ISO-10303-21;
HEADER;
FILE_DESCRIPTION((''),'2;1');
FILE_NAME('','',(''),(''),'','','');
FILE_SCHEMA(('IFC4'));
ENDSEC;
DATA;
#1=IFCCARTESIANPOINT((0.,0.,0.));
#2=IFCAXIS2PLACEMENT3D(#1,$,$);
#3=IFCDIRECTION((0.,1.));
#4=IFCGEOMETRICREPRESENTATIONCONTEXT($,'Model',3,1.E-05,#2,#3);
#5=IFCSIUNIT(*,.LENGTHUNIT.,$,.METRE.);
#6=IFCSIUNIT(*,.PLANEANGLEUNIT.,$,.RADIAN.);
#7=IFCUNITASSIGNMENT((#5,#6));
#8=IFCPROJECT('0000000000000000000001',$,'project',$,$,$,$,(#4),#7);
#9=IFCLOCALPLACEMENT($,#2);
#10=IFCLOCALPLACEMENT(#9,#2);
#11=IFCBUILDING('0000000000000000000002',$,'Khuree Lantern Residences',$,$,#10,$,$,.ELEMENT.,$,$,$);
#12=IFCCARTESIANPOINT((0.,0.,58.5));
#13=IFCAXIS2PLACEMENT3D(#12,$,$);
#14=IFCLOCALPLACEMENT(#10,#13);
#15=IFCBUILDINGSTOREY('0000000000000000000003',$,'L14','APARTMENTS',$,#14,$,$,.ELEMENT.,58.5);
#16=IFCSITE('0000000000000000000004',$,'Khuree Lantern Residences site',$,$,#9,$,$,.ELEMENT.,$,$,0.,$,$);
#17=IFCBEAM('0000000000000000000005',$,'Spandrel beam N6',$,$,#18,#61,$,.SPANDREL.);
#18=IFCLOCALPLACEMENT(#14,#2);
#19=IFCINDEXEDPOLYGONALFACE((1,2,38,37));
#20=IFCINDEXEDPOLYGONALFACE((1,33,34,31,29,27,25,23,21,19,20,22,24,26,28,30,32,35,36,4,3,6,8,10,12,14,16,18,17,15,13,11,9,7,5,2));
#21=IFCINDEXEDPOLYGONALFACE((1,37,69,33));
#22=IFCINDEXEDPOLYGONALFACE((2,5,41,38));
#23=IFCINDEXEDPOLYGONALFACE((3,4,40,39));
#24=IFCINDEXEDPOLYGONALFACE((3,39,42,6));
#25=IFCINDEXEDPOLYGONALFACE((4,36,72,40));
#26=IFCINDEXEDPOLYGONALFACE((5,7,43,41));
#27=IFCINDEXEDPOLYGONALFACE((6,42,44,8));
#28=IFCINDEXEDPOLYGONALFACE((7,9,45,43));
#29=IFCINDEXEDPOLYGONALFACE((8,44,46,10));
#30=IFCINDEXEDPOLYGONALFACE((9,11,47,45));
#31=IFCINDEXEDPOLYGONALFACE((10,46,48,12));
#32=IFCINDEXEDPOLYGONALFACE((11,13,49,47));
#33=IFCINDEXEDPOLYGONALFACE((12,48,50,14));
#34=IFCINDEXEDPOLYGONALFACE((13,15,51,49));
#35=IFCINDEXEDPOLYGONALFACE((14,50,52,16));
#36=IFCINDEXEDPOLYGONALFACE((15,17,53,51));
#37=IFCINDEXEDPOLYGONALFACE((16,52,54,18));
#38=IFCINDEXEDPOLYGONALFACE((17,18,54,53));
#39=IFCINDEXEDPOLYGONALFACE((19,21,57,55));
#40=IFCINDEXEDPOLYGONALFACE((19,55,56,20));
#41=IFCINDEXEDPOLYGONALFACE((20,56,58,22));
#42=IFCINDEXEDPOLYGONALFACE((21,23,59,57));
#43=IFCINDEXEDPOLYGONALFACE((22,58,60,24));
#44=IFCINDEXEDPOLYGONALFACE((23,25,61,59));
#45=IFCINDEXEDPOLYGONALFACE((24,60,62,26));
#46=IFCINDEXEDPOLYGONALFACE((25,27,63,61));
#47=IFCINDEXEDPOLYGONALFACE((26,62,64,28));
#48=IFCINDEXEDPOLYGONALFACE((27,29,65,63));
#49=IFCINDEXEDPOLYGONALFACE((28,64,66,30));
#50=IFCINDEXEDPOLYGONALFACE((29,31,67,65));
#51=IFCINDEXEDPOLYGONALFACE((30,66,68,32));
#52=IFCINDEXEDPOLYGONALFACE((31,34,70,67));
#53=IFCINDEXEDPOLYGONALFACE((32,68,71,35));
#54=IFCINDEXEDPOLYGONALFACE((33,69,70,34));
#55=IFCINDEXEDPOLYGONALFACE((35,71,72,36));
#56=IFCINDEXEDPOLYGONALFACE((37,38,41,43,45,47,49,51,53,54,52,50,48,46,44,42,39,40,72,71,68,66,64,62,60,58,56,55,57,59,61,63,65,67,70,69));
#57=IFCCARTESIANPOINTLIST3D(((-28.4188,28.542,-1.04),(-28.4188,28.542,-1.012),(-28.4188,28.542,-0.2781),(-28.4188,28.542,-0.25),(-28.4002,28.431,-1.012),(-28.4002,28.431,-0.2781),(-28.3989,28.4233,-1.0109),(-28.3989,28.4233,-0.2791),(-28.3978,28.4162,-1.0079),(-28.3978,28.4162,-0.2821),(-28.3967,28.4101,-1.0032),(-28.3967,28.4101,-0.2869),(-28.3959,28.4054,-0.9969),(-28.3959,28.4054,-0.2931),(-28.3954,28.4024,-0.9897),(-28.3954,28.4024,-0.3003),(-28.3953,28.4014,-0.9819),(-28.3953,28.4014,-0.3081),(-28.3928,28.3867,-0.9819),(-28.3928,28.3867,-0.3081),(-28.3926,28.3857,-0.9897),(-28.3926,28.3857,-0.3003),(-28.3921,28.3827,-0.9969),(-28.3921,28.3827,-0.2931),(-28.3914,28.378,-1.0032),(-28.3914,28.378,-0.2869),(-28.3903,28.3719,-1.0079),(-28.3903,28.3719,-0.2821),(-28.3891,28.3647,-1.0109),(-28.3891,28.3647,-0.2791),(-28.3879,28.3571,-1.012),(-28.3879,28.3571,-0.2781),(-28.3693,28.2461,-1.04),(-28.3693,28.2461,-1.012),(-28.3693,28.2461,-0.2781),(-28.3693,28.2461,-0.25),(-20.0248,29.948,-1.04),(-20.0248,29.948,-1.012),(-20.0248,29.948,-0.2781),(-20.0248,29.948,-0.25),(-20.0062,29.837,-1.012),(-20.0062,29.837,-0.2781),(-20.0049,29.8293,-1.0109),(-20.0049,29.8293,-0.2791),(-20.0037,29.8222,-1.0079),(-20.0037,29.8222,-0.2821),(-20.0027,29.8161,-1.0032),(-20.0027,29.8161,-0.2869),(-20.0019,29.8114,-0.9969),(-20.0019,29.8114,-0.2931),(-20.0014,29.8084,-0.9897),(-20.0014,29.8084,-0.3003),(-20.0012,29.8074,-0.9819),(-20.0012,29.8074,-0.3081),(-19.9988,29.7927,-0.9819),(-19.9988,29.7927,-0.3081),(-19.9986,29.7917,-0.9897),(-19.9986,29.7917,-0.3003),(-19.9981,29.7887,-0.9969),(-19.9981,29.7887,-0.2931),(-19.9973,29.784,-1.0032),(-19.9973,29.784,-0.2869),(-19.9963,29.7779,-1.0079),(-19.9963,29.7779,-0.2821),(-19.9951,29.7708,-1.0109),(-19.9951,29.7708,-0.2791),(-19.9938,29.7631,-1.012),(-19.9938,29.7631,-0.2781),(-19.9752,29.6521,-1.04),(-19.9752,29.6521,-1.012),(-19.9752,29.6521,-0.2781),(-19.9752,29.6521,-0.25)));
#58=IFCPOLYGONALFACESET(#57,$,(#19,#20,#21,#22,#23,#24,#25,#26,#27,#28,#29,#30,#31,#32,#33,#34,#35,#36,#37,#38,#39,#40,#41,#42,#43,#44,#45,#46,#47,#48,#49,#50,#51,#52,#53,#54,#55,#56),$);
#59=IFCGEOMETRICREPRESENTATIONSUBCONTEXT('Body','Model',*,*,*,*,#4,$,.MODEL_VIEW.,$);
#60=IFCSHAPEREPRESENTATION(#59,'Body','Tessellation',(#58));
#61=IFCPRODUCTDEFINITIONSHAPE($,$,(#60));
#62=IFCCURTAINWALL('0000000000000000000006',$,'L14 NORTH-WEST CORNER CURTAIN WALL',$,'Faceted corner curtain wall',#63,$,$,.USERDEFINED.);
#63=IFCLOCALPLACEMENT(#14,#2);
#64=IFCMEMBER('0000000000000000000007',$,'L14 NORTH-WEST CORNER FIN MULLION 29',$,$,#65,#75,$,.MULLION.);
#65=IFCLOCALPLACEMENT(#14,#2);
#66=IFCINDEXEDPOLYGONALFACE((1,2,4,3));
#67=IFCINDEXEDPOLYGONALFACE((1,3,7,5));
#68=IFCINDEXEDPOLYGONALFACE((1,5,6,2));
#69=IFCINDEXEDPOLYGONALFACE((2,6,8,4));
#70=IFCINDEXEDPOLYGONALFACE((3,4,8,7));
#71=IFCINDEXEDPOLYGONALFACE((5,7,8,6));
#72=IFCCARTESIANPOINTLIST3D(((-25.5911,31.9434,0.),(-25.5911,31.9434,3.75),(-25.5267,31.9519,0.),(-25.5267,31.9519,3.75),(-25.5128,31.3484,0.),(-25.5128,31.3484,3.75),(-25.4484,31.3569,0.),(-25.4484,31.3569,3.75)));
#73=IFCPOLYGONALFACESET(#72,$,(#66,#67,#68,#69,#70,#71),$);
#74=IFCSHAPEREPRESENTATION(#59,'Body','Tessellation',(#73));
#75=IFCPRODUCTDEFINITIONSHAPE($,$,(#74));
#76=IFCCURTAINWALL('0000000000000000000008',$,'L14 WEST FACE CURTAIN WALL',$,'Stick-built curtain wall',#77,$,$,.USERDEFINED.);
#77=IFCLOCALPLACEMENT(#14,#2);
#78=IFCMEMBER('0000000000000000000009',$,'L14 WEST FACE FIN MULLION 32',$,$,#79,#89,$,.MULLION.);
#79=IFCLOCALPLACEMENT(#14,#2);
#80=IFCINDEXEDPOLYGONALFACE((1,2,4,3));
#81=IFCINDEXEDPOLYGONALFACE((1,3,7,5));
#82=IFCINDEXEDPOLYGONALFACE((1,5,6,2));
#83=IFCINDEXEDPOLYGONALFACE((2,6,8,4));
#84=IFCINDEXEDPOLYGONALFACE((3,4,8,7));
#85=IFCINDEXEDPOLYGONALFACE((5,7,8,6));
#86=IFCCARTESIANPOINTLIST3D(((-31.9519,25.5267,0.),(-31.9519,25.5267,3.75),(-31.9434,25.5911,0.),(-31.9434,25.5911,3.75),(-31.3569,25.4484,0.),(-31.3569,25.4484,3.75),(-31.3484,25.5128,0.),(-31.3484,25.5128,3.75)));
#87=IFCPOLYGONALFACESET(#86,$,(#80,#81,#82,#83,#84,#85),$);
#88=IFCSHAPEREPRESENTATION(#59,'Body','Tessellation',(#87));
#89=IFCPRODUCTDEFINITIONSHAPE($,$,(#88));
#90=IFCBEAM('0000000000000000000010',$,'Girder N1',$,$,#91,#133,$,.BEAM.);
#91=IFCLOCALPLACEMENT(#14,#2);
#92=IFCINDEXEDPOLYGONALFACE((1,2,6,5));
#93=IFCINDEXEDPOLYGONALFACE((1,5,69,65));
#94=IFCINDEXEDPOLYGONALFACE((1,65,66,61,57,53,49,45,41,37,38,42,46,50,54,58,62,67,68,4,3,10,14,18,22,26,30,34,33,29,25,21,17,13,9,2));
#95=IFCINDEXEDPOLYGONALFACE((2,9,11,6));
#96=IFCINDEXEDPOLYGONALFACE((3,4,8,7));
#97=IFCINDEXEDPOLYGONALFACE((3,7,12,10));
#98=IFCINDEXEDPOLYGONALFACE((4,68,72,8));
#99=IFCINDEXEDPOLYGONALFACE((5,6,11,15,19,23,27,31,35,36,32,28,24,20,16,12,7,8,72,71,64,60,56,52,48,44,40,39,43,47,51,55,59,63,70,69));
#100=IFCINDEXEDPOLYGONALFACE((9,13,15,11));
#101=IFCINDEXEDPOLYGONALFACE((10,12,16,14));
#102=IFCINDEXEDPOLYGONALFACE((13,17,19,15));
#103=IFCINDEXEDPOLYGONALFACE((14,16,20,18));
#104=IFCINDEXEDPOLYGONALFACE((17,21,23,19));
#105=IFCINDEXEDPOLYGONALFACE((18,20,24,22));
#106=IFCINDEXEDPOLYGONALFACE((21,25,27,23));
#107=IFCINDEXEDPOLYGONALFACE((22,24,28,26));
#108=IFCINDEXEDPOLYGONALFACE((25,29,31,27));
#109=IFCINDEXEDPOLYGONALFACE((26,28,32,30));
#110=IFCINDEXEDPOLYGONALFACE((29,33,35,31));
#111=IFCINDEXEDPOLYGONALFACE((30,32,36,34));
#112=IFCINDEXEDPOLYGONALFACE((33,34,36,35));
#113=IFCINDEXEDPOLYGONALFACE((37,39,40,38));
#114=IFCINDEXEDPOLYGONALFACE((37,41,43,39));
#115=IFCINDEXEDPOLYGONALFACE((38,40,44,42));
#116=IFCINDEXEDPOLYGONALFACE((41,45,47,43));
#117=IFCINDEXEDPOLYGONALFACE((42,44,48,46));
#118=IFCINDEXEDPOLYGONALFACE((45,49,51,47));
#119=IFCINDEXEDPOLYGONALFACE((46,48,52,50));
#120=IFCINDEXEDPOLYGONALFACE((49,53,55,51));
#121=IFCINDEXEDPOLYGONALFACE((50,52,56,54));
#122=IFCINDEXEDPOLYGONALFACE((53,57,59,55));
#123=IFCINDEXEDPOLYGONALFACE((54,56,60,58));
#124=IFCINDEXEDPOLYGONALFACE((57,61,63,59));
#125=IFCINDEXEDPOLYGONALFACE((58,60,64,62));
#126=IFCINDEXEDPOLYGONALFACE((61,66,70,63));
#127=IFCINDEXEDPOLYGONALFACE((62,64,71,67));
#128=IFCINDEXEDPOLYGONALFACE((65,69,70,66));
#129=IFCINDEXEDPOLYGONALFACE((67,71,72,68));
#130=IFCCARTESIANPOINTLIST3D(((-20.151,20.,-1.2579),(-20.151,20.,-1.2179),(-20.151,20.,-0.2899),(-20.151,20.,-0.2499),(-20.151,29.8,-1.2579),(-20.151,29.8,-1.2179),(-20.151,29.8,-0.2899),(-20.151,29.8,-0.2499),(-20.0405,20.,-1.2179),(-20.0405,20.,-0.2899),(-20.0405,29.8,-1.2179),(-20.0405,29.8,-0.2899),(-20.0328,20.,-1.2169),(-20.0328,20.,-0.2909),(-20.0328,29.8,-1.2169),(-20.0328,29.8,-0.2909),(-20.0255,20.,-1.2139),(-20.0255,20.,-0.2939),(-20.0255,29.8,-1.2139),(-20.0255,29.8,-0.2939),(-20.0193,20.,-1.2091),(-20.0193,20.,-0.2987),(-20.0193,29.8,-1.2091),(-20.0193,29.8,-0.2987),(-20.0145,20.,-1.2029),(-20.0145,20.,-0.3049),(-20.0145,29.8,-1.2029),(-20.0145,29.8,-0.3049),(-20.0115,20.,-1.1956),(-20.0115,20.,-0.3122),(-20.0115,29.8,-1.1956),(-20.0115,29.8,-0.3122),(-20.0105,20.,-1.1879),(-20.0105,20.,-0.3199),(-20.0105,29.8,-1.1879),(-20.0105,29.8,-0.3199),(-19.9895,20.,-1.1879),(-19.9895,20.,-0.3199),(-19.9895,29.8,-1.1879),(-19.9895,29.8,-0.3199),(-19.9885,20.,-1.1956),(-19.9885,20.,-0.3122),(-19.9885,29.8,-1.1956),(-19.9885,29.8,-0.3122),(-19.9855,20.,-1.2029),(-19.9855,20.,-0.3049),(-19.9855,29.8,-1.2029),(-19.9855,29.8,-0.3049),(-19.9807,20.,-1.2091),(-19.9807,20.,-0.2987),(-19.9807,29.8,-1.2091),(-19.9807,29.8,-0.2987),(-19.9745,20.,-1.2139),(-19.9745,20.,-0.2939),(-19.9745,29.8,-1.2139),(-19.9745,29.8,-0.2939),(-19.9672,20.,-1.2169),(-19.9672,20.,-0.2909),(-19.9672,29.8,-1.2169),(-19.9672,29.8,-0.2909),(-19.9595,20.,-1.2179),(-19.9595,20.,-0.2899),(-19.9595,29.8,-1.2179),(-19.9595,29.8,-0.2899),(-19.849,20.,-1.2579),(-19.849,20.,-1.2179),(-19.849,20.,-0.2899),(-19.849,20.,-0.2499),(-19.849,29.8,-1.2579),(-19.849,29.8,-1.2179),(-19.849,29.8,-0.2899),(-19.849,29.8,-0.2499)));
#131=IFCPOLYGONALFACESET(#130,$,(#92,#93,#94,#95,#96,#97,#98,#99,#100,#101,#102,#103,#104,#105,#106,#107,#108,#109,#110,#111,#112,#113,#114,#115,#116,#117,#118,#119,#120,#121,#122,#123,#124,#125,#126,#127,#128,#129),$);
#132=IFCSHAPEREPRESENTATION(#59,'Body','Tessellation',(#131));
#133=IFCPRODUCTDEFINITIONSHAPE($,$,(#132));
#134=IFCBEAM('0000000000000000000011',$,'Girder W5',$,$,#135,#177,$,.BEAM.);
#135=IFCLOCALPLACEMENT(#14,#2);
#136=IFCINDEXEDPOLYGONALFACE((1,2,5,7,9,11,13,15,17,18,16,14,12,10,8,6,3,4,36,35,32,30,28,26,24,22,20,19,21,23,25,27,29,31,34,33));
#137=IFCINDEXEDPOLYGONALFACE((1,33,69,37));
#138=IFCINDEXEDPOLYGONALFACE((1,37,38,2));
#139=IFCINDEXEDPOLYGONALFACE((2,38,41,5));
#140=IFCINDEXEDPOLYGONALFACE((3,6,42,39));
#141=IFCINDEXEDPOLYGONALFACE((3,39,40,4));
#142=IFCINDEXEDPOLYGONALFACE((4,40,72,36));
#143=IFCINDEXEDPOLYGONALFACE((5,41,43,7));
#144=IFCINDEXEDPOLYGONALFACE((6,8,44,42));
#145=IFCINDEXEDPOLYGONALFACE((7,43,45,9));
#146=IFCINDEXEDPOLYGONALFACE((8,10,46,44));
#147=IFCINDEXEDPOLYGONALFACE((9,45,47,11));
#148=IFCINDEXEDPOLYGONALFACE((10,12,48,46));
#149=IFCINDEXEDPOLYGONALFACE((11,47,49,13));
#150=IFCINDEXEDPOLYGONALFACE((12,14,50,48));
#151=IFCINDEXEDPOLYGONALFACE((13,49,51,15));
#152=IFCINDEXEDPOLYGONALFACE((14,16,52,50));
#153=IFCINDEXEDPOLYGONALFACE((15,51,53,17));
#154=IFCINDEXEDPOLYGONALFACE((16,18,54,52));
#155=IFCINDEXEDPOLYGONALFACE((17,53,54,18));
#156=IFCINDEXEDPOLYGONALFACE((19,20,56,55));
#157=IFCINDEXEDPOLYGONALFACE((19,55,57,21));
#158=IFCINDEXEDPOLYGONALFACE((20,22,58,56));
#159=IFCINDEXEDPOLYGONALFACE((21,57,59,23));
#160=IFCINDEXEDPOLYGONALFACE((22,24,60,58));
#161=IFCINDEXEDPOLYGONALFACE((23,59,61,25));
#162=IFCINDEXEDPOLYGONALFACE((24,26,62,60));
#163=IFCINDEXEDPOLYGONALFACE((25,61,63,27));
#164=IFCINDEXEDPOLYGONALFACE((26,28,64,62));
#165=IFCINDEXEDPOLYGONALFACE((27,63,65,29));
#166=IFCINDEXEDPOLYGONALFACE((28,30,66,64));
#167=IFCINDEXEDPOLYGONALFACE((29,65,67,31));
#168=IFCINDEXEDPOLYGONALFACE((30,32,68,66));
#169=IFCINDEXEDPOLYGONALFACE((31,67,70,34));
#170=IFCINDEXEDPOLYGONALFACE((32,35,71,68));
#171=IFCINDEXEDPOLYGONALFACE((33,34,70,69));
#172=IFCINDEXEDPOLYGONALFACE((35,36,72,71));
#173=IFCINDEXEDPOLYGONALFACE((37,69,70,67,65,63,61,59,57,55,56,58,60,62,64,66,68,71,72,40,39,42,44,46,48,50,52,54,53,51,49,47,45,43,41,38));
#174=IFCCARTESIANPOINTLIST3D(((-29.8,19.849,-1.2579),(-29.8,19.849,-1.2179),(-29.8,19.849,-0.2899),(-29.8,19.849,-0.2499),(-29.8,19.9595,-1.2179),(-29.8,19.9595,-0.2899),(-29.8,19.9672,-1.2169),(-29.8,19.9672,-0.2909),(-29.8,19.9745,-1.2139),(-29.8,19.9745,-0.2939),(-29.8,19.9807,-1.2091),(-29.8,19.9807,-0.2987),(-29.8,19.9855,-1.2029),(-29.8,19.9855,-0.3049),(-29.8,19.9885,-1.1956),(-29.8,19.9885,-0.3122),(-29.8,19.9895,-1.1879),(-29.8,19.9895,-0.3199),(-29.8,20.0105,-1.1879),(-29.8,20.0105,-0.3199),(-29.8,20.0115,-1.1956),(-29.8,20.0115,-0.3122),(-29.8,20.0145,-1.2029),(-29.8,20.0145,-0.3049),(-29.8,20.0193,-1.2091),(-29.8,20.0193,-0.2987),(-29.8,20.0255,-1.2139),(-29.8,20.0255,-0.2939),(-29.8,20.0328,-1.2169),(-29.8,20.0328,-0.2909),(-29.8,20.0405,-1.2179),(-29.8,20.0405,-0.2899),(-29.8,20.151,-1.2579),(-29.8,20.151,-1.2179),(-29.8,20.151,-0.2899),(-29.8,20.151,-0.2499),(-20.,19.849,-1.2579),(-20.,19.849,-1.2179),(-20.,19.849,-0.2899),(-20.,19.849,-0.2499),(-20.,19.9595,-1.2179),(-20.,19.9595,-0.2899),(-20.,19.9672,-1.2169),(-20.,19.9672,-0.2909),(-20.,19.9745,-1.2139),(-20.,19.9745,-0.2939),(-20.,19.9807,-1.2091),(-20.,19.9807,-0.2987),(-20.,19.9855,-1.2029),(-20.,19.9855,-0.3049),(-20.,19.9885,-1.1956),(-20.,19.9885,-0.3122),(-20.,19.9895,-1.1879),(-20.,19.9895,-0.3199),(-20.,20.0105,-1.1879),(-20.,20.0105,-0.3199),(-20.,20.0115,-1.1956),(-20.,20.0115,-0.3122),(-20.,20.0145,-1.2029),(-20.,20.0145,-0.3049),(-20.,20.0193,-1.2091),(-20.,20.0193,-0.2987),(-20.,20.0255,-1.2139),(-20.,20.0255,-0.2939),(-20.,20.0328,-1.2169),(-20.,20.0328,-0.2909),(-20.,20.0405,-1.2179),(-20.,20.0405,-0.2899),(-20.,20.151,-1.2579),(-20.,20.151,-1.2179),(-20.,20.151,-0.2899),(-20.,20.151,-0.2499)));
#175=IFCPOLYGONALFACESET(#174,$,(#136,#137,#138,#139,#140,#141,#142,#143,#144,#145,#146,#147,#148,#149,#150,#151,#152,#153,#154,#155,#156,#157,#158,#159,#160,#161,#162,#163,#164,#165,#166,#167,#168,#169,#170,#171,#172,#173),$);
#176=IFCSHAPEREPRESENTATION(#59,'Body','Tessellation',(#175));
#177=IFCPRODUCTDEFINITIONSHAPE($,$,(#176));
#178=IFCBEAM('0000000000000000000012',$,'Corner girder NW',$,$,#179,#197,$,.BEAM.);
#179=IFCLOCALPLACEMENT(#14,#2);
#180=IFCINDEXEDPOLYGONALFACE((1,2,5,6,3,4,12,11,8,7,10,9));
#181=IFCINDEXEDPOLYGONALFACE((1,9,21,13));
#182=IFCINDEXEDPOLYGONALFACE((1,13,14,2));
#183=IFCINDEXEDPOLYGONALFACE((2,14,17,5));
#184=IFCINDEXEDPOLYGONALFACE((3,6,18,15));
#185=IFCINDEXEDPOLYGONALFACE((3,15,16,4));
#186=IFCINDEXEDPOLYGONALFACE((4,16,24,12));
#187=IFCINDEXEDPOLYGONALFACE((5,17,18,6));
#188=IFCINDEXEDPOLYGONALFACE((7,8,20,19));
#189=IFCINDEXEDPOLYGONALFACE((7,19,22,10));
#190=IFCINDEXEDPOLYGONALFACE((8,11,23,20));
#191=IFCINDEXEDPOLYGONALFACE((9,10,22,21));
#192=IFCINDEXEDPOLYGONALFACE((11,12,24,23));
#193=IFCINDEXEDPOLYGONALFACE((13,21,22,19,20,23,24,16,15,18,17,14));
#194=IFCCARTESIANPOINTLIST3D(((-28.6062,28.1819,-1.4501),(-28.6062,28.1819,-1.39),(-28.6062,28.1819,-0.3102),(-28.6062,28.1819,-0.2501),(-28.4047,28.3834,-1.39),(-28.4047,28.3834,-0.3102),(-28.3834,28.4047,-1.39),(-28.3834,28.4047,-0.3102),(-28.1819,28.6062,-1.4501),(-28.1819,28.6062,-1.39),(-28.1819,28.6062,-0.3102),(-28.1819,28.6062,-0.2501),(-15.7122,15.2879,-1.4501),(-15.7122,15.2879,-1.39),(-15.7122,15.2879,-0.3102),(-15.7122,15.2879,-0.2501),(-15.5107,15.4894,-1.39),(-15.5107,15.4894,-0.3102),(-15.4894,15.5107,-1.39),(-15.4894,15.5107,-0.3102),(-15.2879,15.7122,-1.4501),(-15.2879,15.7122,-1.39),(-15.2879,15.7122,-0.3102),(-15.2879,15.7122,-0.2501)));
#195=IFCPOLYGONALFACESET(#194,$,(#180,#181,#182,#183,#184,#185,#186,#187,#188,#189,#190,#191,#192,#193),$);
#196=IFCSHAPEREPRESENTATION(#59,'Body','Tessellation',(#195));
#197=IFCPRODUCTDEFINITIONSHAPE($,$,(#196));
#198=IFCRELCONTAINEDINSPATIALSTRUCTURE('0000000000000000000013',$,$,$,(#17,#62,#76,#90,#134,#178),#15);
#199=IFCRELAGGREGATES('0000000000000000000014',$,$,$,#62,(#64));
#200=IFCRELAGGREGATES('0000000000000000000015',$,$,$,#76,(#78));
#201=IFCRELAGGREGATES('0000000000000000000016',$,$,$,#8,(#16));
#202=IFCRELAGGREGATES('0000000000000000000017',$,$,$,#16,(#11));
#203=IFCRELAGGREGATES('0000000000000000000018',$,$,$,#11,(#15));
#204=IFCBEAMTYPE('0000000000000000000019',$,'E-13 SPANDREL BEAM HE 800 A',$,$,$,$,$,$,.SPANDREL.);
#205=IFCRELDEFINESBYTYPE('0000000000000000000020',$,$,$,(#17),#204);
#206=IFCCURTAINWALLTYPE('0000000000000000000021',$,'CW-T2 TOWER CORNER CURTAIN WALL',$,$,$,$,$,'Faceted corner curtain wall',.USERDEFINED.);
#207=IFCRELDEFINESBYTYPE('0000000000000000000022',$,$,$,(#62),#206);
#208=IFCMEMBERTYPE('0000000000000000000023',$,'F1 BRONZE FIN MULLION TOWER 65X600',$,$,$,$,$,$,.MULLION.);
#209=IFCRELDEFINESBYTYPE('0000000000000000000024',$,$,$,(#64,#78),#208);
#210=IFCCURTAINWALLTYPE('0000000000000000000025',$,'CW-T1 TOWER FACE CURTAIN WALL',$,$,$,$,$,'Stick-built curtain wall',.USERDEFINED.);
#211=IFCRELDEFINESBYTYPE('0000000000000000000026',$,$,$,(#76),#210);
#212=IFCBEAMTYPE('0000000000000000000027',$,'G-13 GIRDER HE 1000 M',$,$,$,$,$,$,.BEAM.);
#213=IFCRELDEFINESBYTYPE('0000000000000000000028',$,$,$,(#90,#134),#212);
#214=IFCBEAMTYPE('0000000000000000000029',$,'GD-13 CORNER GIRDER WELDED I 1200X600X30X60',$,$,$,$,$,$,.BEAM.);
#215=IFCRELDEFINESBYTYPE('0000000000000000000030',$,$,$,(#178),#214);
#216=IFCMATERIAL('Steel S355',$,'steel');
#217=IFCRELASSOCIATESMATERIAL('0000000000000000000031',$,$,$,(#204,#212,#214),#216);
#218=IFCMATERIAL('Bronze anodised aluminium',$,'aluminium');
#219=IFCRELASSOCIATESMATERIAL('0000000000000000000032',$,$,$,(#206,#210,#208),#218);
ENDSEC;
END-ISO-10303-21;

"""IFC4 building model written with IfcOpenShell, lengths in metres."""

from ifc_helpers import new_model, si_unit, direction, frame, origin, origin_2d, place, context, subcontext, project, spatial, rectangle, i_section, extrude, material, material_profile, profile_set, type_object, element, aggregate, save


model = new_model("IFC4")

# Units and contexts
model_context = context("Model", 3, precision=1e-05, world=origin(), true_north=direction((0.0, 1.0)))
body_context = subcontext(model_context, "Body", "Model", "MODEL_VIEW")
ifc_project = project(units=[si_unit("LENGTHUNIT", "METRE"), si_unit("PLANEANGLEUNIT", "RADIAN")], contexts=[model_context])

# Site, building, storey
site_placement = place(None, origin())
site = spatial("IfcSite", under=ifc_project, at=site_placement, Name="Khuree Lantern Residences site", CompositionType="ELEMENT", RefElevation=0.0)
building_placement = place(site_placement, origin())
building = spatial("IfcBuilding", under=site, at=building_placement, Name="Khuree Lantern Residences", CompositionType="ELEMENT")
storey_placement = place(building_placement, frame((0.0, 0.0, 58.5)))
storey = spatial("IfcBuildingStorey", under=building, at=storey_placement, Name="L14", Description="APARTMENTS", CompositionType="ELEMENT", Elevation=58.5)

# Beam
ifc_material_1 = material(Name="Steel S355", Category="steel")
ifc_material_profile_1 = material_profile(ifc_material_1, i_section(OverallWidth=0.3, OverallDepth=0.79, WebThickness=0.0149, FlangeThickness=0.0281, FilletRadius=0.03, at=origin_2d()), Name="HE 800 A")
ifc_profile_set_1 = profile_set([ifc_material_profile_1], Name="Steel S355")
beam_type_1 = type_object("IfcBeamType", Name="E-13 SPANDREL BEAM HE 800 A", PredefinedType="SPANDREL", material=ifc_profile_set_1)
for number, where, z_axis, x_axis, name in (
    (1, (-28.394, 28.394, -0.645), (0.98626, 0.165199, 0.0), (-0.165199, 0.98626, 0.0), "Spandrel beam N6"),
):
    element("IfcBeam", number, at=place(storey_placement, frame(where, z_axis=z_axis, x_axis=x_axis)), inside=storey, type_object=beam_type_1, Name=name, PredefinedType="SPANDREL", context=body_context, shape_type="SweptSolid", body=[
        extrude(i_section(OverallWidth=0.3, OverallDepth=0.79, WebThickness=0.0149, FlangeThickness=0.0281, FilletRadius=0.03, at=origin_2d()), origin(), (0.0, 0.0, 1.0), 8.511),
    ])

# Curtain walls, members
ifc_material_2 = material(Name="Bronze anodised aluminium", Category="aluminium")
curtain_wall_type_1 = type_object("IfcCurtainWallType", Name="CW-T2 TOWER CORNER CURTAIN WALL", ElementType="Faceted corner curtain wall", PredefinedType="USERDEFINED", material=ifc_material_2)
curtain_wall_1_placement = place(storey_placement, origin())
curtain_wall_1 = element("IfcCurtainWall", 2, at=curtain_wall_1_placement, inside=storey, type_object=curtain_wall_type_1, Name="L14 NORTH-WEST CORNER CURTAIN WALL", ObjectType="Faceted corner curtain wall", PredefinedType="USERDEFINED")
ifc_material_profile_2 = material_profile(ifc_material_2, rectangle(XDim=0.0649, YDim=0.6001, at=origin_2d()), Name="F1 65X600")
ifc_profile_set_2 = profile_set([ifc_material_profile_2], Name="Bronze anodised aluminium")
member_type_1 = type_object("IfcMemberType", Name="F1 BRONZE FIN MULLION TOWER 65X600", PredefinedType="MULLION", material=ifc_profile_set_2)
member_1_placement = place(storey_placement, frame((-25.5198, 31.6501, 0.0), z_axis=(0.0, 0.0, 1.0), x_axis=(-0.991445, -0.130526, 0.0)))
member_1 = element("IfcMember", 3, at=member_1_placement, type_object=member_type_1, Name="L14 NORTH-WEST CORNER FIN MULLION 29", PredefinedType="MULLION", context=body_context, shape_type="SweptSolid", body=[
    extrude(rectangle(XDim=0.0649, YDim=0.6001, at=origin_2d()), origin(), (0.0, 0.0, 1.0), 3.75),
])
curtain_wall_type_2 = type_object("IfcCurtainWallType", Name="CW-T1 TOWER FACE CURTAIN WALL", ElementType="Stick-built curtain wall", PredefinedType="USERDEFINED", material=ifc_material_2)
curtain_wall_2_placement = place(storey_placement, origin())
curtain_wall_2 = element("IfcCurtainWall", 4, at=curtain_wall_2_placement, inside=storey, type_object=curtain_wall_type_2, Name="L14 WEST FACE CURTAIN WALL", ObjectType="Stick-built curtain wall", PredefinedType="USERDEFINED")
member_2_placement = place(storey_placement, frame((-31.6501, 25.5198, 0.0), z_axis=(0.0, 0.0, 1.0), x_axis=(-0.130526, -0.991445, 0.0)))
member_2 = element("IfcMember", 5, at=member_2_placement, type_object=member_type_1, Name="L14 WEST FACE FIN MULLION 32", PredefinedType="MULLION", context=body_context, shape_type="SweptSolid", body=[
    extrude(rectangle(XDim=0.0649, YDim=0.6001, at=origin_2d()), origin(), (0.0, 0.0, 1.0), 3.75),
])

# Beams
ifc_material_profile_3 = material_profile(ifc_material_1, i_section(OverallWidth=0.302, OverallDepth=1.0081, WebThickness=0.021, FlangeThickness=0.04, FilletRadius=0.03, at=origin_2d()), Name="HE 1000 M")
ifc_profile_set_3 = profile_set([ifc_material_profile_3], Name="Steel S355")
beam_type_2 = type_object("IfcBeamType", Name="G-13 GIRDER HE 1000 M", PredefinedType="BEAM", material=ifc_profile_set_3)
for number, where, z_axis, x_axis, name in (
    (6, (-20.0, 29.8, -0.7539), (0.0, -1.0, 0.0), (1.0, 0.0, 0.0), "Girder N1"),
    (7, (-29.8, 20.0, -0.7539), (1.0, 0.0, 0.0), (0.0, 1.0, 0.0), "Girder W5"),
):
    element("IfcBeam", number, at=place(storey_placement, frame(where, z_axis=z_axis, x_axis=x_axis)), inside=storey, type_object=beam_type_2, Name=name, PredefinedType="BEAM", context=body_context, shape_type="SweptSolid", body=[
        extrude(i_section(OverallWidth=0.302, OverallDepth=1.0081, WebThickness=0.021, FlangeThickness=0.04, FilletRadius=0.03, at=origin_2d()), origin(), (0.0, 0.0, 1.0), 9.8),
    ])
ifc_material_profile_4 = material_profile(ifc_material_1, i_section(OverallWidth=0.6001, OverallDepth=1.2, WebThickness=0.03, FlangeThickness=0.0601, at=origin_2d()), Name="WELDED I 1200X600X30X60")
ifc_profile_set_4 = profile_set([ifc_material_profile_4], Name="Steel S355")
beam_type_3 = type_object("IfcBeamType", Name="GD-13 CORNER GIRDER WELDED I 1200X600X30X60", PredefinedType="BEAM", material=ifc_profile_set_4)
beam_placement = place(storey_placement, frame((-28.394, 28.394, -0.8501), z_axis=(0.707107, -0.707107, 0.0), x_axis=(0.707107, 0.707107, 0.0)))
element("IfcBeam", 8, at=beam_placement, inside=storey, type_object=beam_type_3, Name="Corner girder NW", PredefinedType="BEAM", context=body_context, shape_type="SweptSolid", body=[
    extrude(i_section(OverallWidth=0.6001, OverallDepth=1.2, WebThickness=0.03, FlangeThickness=0.0601, at=origin_2d()), origin(), (0.0, 0.0, 1.0), 18.2349),
])

aggregate(curtain_wall_1, [member_1])
aggregate(curtain_wall_2, [member_2])

save(model, "model.ifc")
